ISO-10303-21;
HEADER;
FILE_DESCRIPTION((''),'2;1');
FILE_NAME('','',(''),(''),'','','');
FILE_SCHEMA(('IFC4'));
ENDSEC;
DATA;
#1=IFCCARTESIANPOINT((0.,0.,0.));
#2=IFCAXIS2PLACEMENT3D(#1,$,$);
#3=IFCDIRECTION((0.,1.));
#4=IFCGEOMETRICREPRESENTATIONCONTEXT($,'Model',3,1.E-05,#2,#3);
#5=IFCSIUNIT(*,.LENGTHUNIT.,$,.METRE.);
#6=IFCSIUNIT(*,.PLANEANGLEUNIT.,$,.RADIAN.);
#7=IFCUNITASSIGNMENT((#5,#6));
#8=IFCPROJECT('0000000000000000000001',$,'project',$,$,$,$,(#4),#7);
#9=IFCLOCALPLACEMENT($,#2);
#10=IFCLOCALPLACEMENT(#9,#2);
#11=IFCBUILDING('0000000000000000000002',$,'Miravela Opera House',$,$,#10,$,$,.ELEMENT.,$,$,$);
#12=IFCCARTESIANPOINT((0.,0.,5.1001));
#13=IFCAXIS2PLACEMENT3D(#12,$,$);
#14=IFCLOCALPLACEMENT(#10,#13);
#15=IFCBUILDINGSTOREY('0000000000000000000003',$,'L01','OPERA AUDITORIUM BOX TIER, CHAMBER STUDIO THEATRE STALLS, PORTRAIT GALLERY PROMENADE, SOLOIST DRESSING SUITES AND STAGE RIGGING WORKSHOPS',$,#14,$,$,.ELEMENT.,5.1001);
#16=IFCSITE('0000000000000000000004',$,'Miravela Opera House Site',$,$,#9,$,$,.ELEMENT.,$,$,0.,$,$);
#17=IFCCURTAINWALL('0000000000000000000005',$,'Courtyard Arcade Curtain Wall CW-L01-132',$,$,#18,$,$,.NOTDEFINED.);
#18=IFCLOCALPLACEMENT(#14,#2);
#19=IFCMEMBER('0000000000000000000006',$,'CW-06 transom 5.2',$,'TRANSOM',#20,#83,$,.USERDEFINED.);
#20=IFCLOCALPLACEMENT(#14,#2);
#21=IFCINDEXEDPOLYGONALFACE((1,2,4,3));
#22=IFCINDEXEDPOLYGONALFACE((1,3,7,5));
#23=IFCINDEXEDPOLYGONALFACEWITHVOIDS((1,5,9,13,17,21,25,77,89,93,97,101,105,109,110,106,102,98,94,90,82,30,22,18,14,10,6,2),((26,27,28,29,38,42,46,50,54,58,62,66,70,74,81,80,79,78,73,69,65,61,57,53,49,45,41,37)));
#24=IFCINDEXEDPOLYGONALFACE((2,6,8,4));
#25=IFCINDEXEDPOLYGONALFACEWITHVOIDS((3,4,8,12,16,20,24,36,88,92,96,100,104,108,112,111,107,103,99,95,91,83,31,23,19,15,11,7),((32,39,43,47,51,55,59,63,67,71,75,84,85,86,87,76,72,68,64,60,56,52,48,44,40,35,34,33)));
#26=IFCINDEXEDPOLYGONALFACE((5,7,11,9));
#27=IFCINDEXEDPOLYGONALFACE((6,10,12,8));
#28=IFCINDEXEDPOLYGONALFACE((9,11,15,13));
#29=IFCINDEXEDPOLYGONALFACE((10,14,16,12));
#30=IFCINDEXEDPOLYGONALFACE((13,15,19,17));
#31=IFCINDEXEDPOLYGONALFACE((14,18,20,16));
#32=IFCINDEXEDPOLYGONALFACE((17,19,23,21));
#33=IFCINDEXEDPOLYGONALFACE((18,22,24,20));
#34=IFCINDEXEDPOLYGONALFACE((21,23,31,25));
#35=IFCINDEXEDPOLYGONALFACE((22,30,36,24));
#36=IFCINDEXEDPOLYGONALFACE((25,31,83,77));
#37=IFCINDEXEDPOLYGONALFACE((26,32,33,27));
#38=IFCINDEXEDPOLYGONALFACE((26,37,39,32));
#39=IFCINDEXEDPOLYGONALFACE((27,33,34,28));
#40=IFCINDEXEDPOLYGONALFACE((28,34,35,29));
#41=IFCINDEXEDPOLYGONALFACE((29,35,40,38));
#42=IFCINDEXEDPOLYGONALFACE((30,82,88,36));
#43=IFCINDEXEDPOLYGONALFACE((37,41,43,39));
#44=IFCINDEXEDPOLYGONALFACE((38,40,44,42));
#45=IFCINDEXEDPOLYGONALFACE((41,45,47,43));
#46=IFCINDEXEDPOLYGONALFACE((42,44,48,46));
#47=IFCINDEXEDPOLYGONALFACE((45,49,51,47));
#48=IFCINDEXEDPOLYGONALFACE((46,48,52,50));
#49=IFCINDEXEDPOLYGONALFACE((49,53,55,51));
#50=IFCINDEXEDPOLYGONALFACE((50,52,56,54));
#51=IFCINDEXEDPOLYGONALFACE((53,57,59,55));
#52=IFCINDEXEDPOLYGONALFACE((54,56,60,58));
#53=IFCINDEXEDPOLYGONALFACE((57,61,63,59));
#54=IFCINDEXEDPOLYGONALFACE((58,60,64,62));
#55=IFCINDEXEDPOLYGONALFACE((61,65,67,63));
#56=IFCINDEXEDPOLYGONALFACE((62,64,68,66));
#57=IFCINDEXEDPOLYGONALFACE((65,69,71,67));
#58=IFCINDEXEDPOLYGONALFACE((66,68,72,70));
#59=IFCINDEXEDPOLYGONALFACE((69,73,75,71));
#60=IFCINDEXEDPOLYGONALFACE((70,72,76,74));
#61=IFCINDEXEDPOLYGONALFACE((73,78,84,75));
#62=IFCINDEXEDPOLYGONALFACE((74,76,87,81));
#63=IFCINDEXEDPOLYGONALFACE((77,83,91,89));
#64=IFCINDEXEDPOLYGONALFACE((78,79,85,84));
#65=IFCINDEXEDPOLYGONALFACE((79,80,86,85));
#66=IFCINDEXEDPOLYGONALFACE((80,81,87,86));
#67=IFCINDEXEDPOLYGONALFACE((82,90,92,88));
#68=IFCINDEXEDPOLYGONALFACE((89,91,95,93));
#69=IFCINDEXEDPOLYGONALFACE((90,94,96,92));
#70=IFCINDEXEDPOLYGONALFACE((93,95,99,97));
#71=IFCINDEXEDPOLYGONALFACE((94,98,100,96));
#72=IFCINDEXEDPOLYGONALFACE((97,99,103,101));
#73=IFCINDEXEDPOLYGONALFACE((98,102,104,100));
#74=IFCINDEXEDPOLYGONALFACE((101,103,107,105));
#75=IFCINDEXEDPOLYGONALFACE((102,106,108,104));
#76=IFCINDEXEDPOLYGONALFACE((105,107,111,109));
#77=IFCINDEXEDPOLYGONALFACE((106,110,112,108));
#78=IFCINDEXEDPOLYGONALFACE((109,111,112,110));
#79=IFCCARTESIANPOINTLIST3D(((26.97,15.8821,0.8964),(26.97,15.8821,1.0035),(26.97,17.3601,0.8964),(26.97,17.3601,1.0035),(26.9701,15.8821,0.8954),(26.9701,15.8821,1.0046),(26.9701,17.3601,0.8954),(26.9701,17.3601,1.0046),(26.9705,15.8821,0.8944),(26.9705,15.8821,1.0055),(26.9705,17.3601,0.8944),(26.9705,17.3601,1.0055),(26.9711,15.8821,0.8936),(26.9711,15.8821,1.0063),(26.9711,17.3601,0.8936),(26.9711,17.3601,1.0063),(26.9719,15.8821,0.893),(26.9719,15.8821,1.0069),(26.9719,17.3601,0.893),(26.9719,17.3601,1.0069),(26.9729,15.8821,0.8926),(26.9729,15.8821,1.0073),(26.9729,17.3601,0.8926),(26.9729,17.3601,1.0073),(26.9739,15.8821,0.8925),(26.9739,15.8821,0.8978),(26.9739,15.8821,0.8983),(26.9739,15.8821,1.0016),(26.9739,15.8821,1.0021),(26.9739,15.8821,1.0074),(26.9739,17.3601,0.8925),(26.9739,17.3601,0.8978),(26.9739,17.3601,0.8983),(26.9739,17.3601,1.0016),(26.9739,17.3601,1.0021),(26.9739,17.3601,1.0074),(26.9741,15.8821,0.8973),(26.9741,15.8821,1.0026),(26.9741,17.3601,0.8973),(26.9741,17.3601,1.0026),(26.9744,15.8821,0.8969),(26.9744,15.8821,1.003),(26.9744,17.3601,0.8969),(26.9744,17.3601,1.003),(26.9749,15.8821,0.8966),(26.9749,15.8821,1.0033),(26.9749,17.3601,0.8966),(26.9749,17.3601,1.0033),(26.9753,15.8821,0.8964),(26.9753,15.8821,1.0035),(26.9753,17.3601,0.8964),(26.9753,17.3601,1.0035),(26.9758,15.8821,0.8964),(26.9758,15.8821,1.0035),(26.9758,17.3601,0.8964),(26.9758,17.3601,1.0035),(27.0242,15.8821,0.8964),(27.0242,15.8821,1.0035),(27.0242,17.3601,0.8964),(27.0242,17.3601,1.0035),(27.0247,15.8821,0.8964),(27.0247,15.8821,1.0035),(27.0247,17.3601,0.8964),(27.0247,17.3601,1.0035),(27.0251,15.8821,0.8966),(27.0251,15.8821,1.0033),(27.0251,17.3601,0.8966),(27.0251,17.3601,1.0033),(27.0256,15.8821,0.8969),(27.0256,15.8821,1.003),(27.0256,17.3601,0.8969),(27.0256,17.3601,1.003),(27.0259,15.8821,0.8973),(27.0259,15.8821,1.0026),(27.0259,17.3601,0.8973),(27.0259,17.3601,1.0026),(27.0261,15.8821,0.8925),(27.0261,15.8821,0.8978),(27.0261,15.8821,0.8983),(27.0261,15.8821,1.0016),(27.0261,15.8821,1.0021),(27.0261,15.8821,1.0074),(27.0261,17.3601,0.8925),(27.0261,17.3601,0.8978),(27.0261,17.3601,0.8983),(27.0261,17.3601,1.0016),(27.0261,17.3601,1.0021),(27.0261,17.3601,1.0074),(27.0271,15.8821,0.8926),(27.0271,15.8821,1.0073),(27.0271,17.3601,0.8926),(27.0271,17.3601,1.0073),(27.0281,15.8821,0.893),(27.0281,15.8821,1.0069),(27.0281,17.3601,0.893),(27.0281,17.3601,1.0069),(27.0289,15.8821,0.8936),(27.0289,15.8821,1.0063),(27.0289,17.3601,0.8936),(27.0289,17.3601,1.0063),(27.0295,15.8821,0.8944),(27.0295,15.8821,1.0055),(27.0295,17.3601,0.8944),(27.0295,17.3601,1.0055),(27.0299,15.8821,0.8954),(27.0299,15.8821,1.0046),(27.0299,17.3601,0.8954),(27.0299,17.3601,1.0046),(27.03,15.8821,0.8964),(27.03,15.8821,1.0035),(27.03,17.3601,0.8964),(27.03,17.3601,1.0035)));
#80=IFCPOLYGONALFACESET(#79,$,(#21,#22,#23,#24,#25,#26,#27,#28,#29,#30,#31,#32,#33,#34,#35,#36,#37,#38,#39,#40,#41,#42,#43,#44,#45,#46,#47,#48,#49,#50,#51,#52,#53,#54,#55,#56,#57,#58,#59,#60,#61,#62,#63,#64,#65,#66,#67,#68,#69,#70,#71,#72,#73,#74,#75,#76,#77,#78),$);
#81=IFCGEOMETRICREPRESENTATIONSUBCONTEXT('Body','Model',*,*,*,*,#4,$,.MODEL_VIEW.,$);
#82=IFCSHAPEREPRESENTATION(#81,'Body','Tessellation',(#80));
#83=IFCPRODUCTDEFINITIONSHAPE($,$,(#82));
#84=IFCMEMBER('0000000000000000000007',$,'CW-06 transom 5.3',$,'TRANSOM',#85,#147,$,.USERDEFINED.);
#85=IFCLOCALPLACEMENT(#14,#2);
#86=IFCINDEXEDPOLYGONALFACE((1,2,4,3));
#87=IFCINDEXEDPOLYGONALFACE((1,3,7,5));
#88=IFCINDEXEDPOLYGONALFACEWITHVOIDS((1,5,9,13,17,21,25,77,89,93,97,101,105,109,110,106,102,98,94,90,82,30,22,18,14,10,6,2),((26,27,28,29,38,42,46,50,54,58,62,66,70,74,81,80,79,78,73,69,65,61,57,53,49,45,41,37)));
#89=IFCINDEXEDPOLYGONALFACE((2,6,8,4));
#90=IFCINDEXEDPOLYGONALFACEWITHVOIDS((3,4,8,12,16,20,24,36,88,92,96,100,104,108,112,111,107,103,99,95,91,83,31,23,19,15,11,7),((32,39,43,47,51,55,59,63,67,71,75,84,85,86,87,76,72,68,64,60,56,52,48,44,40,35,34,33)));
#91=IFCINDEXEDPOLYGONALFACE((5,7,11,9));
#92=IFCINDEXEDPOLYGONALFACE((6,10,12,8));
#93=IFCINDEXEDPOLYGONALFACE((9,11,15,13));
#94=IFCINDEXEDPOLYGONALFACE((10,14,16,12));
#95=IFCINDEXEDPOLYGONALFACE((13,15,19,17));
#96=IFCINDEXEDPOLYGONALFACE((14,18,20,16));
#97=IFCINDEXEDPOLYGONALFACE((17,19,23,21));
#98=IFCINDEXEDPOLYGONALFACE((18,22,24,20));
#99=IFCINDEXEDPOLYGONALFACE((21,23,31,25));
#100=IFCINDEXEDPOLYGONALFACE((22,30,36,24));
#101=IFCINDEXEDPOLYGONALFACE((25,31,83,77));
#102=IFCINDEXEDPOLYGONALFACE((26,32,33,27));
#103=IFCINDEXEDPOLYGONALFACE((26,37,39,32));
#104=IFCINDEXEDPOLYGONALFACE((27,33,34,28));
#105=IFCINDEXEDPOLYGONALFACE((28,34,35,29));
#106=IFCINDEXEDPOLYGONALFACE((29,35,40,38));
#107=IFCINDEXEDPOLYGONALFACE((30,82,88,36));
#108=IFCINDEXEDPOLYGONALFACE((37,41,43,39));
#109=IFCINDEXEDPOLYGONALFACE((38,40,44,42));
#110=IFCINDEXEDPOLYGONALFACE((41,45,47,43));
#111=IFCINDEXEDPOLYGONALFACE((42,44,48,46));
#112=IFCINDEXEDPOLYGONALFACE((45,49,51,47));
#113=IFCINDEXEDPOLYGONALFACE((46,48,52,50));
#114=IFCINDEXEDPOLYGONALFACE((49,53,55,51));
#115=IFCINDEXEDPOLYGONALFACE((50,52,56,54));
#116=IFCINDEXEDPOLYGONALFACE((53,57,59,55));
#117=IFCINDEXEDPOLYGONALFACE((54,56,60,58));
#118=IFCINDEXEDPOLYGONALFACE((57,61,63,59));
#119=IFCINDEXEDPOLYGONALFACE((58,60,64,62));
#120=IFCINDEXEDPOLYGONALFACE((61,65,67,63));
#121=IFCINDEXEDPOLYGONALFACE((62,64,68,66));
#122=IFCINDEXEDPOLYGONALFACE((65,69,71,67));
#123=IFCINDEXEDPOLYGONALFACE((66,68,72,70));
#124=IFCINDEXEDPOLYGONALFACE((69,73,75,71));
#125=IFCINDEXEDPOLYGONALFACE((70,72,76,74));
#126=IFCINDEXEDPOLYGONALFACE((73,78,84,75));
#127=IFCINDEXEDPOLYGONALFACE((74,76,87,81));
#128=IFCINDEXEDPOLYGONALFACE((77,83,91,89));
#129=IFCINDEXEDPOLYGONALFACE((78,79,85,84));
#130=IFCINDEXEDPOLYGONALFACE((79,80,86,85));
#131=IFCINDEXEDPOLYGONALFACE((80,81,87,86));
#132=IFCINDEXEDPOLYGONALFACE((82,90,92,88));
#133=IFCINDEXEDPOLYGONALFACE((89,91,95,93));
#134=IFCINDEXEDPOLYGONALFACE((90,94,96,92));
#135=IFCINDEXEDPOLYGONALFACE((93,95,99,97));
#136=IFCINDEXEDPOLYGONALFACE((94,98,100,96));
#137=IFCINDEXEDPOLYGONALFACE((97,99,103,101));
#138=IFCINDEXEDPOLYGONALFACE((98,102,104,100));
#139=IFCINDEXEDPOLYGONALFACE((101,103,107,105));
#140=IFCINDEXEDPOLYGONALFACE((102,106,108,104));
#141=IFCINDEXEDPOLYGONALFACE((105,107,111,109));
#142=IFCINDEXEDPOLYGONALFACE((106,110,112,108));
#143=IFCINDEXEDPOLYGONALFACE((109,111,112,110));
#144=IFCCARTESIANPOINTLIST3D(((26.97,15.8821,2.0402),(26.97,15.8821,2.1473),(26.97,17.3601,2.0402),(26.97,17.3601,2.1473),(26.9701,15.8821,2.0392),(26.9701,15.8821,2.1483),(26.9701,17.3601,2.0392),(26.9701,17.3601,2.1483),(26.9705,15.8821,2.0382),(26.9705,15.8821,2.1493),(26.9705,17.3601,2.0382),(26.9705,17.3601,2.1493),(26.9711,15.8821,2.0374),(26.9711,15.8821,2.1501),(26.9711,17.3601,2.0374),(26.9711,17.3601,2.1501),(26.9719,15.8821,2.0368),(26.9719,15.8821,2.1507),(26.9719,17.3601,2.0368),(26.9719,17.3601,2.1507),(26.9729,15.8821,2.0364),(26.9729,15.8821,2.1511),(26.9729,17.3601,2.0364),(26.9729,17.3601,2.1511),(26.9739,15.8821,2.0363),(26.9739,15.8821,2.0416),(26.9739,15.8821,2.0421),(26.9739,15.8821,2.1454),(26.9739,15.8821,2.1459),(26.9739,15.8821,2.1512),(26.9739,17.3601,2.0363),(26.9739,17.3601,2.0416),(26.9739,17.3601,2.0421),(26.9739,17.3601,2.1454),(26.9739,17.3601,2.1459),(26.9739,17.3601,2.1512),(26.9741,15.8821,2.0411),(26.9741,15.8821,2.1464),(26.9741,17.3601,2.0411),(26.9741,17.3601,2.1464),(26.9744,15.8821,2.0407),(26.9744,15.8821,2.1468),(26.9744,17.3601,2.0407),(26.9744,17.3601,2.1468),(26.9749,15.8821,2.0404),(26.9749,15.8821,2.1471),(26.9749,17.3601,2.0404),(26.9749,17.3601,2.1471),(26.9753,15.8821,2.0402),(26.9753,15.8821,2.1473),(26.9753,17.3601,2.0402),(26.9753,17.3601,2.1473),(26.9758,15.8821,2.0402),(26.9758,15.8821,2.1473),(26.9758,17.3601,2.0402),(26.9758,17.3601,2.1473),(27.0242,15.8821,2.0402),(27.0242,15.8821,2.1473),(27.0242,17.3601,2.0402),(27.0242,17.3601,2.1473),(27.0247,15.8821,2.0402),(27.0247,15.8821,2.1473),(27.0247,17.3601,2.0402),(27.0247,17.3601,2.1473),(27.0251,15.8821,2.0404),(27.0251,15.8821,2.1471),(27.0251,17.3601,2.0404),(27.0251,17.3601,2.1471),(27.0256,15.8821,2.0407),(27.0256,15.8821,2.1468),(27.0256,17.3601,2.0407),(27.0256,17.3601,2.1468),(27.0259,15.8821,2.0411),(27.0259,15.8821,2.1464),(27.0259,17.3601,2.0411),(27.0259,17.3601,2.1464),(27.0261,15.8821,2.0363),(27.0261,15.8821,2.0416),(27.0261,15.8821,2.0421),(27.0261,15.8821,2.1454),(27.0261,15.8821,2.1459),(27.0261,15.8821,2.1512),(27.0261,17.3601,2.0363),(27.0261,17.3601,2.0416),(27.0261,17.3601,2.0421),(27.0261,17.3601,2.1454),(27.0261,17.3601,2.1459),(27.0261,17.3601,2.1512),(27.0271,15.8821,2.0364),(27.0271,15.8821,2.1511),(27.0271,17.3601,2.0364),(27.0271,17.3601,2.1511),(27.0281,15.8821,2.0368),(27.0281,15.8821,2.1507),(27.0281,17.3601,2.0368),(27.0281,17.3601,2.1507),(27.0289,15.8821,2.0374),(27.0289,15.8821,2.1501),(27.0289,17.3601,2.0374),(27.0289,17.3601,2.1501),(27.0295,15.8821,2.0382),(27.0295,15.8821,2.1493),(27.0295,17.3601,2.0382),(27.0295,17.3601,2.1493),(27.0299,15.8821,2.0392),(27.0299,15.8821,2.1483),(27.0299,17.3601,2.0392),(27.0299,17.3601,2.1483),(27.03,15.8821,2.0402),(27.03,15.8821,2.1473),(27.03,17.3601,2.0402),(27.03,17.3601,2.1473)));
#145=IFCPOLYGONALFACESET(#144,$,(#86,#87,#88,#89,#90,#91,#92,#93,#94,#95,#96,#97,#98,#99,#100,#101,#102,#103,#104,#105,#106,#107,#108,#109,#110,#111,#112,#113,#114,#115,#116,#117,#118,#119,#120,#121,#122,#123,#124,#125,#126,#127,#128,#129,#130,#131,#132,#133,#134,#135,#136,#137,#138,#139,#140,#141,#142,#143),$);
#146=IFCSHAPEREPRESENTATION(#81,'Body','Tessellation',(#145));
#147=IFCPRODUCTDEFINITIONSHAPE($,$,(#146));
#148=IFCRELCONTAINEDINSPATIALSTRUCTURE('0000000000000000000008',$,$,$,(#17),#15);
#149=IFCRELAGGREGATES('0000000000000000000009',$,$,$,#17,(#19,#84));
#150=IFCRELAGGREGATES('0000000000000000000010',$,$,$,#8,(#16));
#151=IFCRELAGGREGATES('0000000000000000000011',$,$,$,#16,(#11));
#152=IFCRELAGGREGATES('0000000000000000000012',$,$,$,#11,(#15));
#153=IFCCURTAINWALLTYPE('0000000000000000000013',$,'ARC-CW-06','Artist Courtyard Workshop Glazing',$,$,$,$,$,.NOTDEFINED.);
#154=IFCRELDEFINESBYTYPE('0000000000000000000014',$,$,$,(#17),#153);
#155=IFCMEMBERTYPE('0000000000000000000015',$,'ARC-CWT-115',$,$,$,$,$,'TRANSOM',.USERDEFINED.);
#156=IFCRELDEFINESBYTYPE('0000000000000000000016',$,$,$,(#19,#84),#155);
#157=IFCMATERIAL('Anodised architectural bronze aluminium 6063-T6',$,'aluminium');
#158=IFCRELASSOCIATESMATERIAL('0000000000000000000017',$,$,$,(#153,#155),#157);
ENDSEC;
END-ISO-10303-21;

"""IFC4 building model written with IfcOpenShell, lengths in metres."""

from ifc_helpers import new_model, si_unit, direction, frame, origin, origin_2d, place, context, subcontext, project, spatial, hollow_rectangle, extrude, material, material_profile, profile_set, type_object, element, aggregate, save


model = new_model("IFC4")

# Units and contexts
model_context = context("Model", 3, precision=1e-05, world=origin(), true_north=direction((0.0, 1.0)))
body_context = subcontext(model_context, "Body", "Model", "MODEL_VIEW")
ifc_project = project(units=[si_unit("LENGTHUNIT", "METRE"), si_unit("PLANEANGLEUNIT", "RADIAN")], contexts=[model_context])

# Site, building, storey
site_placement = place(None, origin())
site = spatial("IfcSite", under=ifc_project, at=site_placement, Name="Miravela Opera House Site", CompositionType="ELEMENT", RefElevation=0.0)
building_placement = place(site_placement, origin())
building = spatial("IfcBuilding", under=site, at=building_placement, Name="Miravela Opera House", CompositionType="ELEMENT")
storey_placement = place(building_placement, frame((0.0, 0.0, 5.1001)))
storey = spatial("IfcBuildingStorey", under=building, at=storey_placement, Name="L01", Description="OPERA AUDITORIUM BOX TIER, CHAMBER STUDIO THEATRE STALLS, PORTRAIT GALLERY PROMENADE, SOLOIST DRESSING SUITES AND STAGE RIGGING WORKSHOPS", CompositionType="ELEMENT", Elevation=5.1001)

# Curtain wall
ifc_material_1 = material(Name="Anodised architectural bronze aluminium 6063-T6", Category="aluminium")
curtain_wall_type = type_object("IfcCurtainWallType", Name="ARC-CW-06", Description="Artist Courtyard Workshop Glazing", PredefinedType="NOTDEFINED", material=ifc_material_1)
curtain_wall_1_placement = place(storey_placement, origin())
curtain_wall_1 = element("IfcCurtainWall", 1, at=curtain_wall_1_placement, inside=storey, type_object=curtain_wall_type, Name="Courtyard Arcade Curtain Wall CW-L01-132", PredefinedType="NOTDEFINED")

# Members
ifc_material_profile_1 = material_profile(ifc_material_1, hollow_rectangle(XDim=0.0601, YDim=0.115, WallThickness=0.0039, InnerFilletRadius=0.002, OuterFilletRadius=0.0039, at=origin_2d()), Name="CWT-60X115")
ifc_profile_set_1 = profile_set([ifc_material_profile_1])
member_type_1 = type_object("IfcMemberType", Name="ARC-CWT-115", ElementType="TRANSOM", PredefinedType="USERDEFINED", material=ifc_profile_set_1)
member_1_placement = place(storey_placement, frame((27.0, 15.8821, 0.95), z_axis=(0.0, 1.0, 0.0), x_axis=(-1.0, 0.0, 0.0)))
member_1 = element("IfcMember", 2, at=member_1_placement, type_object=member_type_1, Name="CW-06 transom 5.2", ObjectType="TRANSOM", PredefinedType="USERDEFINED", context=body_context, shape_type="SweptSolid", body=[
    extrude(hollow_rectangle(XDim=0.0601, YDim=0.115, WallThickness=0.0039, InnerFilletRadius=0.002, OuterFilletRadius=0.0039, at=origin_2d()), origin(), (0.0, 0.0, 1.0), 1.478),
])
member_2_placement = place(storey_placement, frame((27.0, 15.8821, 2.0938), z_axis=(0.0, 1.0, 0.0), x_axis=(-1.0, 0.0, 0.0)))
member_2 = element("IfcMember", 3, at=member_2_placement, type_object=member_type_1, Name="CW-06 transom 5.3", ObjectType="TRANSOM", PredefinedType="USERDEFINED", context=body_context, shape_type="SweptSolid", body=[
    extrude(hollow_rectangle(XDim=0.0601, YDim=0.115, WallThickness=0.0039, InnerFilletRadius=0.002, OuterFilletRadius=0.0039, at=origin_2d()), origin(), (0.0, 0.0, 1.0), 1.478),
])

aggregate(curtain_wall_1, [member_1, member_2])

save(model, "model.ifc")
